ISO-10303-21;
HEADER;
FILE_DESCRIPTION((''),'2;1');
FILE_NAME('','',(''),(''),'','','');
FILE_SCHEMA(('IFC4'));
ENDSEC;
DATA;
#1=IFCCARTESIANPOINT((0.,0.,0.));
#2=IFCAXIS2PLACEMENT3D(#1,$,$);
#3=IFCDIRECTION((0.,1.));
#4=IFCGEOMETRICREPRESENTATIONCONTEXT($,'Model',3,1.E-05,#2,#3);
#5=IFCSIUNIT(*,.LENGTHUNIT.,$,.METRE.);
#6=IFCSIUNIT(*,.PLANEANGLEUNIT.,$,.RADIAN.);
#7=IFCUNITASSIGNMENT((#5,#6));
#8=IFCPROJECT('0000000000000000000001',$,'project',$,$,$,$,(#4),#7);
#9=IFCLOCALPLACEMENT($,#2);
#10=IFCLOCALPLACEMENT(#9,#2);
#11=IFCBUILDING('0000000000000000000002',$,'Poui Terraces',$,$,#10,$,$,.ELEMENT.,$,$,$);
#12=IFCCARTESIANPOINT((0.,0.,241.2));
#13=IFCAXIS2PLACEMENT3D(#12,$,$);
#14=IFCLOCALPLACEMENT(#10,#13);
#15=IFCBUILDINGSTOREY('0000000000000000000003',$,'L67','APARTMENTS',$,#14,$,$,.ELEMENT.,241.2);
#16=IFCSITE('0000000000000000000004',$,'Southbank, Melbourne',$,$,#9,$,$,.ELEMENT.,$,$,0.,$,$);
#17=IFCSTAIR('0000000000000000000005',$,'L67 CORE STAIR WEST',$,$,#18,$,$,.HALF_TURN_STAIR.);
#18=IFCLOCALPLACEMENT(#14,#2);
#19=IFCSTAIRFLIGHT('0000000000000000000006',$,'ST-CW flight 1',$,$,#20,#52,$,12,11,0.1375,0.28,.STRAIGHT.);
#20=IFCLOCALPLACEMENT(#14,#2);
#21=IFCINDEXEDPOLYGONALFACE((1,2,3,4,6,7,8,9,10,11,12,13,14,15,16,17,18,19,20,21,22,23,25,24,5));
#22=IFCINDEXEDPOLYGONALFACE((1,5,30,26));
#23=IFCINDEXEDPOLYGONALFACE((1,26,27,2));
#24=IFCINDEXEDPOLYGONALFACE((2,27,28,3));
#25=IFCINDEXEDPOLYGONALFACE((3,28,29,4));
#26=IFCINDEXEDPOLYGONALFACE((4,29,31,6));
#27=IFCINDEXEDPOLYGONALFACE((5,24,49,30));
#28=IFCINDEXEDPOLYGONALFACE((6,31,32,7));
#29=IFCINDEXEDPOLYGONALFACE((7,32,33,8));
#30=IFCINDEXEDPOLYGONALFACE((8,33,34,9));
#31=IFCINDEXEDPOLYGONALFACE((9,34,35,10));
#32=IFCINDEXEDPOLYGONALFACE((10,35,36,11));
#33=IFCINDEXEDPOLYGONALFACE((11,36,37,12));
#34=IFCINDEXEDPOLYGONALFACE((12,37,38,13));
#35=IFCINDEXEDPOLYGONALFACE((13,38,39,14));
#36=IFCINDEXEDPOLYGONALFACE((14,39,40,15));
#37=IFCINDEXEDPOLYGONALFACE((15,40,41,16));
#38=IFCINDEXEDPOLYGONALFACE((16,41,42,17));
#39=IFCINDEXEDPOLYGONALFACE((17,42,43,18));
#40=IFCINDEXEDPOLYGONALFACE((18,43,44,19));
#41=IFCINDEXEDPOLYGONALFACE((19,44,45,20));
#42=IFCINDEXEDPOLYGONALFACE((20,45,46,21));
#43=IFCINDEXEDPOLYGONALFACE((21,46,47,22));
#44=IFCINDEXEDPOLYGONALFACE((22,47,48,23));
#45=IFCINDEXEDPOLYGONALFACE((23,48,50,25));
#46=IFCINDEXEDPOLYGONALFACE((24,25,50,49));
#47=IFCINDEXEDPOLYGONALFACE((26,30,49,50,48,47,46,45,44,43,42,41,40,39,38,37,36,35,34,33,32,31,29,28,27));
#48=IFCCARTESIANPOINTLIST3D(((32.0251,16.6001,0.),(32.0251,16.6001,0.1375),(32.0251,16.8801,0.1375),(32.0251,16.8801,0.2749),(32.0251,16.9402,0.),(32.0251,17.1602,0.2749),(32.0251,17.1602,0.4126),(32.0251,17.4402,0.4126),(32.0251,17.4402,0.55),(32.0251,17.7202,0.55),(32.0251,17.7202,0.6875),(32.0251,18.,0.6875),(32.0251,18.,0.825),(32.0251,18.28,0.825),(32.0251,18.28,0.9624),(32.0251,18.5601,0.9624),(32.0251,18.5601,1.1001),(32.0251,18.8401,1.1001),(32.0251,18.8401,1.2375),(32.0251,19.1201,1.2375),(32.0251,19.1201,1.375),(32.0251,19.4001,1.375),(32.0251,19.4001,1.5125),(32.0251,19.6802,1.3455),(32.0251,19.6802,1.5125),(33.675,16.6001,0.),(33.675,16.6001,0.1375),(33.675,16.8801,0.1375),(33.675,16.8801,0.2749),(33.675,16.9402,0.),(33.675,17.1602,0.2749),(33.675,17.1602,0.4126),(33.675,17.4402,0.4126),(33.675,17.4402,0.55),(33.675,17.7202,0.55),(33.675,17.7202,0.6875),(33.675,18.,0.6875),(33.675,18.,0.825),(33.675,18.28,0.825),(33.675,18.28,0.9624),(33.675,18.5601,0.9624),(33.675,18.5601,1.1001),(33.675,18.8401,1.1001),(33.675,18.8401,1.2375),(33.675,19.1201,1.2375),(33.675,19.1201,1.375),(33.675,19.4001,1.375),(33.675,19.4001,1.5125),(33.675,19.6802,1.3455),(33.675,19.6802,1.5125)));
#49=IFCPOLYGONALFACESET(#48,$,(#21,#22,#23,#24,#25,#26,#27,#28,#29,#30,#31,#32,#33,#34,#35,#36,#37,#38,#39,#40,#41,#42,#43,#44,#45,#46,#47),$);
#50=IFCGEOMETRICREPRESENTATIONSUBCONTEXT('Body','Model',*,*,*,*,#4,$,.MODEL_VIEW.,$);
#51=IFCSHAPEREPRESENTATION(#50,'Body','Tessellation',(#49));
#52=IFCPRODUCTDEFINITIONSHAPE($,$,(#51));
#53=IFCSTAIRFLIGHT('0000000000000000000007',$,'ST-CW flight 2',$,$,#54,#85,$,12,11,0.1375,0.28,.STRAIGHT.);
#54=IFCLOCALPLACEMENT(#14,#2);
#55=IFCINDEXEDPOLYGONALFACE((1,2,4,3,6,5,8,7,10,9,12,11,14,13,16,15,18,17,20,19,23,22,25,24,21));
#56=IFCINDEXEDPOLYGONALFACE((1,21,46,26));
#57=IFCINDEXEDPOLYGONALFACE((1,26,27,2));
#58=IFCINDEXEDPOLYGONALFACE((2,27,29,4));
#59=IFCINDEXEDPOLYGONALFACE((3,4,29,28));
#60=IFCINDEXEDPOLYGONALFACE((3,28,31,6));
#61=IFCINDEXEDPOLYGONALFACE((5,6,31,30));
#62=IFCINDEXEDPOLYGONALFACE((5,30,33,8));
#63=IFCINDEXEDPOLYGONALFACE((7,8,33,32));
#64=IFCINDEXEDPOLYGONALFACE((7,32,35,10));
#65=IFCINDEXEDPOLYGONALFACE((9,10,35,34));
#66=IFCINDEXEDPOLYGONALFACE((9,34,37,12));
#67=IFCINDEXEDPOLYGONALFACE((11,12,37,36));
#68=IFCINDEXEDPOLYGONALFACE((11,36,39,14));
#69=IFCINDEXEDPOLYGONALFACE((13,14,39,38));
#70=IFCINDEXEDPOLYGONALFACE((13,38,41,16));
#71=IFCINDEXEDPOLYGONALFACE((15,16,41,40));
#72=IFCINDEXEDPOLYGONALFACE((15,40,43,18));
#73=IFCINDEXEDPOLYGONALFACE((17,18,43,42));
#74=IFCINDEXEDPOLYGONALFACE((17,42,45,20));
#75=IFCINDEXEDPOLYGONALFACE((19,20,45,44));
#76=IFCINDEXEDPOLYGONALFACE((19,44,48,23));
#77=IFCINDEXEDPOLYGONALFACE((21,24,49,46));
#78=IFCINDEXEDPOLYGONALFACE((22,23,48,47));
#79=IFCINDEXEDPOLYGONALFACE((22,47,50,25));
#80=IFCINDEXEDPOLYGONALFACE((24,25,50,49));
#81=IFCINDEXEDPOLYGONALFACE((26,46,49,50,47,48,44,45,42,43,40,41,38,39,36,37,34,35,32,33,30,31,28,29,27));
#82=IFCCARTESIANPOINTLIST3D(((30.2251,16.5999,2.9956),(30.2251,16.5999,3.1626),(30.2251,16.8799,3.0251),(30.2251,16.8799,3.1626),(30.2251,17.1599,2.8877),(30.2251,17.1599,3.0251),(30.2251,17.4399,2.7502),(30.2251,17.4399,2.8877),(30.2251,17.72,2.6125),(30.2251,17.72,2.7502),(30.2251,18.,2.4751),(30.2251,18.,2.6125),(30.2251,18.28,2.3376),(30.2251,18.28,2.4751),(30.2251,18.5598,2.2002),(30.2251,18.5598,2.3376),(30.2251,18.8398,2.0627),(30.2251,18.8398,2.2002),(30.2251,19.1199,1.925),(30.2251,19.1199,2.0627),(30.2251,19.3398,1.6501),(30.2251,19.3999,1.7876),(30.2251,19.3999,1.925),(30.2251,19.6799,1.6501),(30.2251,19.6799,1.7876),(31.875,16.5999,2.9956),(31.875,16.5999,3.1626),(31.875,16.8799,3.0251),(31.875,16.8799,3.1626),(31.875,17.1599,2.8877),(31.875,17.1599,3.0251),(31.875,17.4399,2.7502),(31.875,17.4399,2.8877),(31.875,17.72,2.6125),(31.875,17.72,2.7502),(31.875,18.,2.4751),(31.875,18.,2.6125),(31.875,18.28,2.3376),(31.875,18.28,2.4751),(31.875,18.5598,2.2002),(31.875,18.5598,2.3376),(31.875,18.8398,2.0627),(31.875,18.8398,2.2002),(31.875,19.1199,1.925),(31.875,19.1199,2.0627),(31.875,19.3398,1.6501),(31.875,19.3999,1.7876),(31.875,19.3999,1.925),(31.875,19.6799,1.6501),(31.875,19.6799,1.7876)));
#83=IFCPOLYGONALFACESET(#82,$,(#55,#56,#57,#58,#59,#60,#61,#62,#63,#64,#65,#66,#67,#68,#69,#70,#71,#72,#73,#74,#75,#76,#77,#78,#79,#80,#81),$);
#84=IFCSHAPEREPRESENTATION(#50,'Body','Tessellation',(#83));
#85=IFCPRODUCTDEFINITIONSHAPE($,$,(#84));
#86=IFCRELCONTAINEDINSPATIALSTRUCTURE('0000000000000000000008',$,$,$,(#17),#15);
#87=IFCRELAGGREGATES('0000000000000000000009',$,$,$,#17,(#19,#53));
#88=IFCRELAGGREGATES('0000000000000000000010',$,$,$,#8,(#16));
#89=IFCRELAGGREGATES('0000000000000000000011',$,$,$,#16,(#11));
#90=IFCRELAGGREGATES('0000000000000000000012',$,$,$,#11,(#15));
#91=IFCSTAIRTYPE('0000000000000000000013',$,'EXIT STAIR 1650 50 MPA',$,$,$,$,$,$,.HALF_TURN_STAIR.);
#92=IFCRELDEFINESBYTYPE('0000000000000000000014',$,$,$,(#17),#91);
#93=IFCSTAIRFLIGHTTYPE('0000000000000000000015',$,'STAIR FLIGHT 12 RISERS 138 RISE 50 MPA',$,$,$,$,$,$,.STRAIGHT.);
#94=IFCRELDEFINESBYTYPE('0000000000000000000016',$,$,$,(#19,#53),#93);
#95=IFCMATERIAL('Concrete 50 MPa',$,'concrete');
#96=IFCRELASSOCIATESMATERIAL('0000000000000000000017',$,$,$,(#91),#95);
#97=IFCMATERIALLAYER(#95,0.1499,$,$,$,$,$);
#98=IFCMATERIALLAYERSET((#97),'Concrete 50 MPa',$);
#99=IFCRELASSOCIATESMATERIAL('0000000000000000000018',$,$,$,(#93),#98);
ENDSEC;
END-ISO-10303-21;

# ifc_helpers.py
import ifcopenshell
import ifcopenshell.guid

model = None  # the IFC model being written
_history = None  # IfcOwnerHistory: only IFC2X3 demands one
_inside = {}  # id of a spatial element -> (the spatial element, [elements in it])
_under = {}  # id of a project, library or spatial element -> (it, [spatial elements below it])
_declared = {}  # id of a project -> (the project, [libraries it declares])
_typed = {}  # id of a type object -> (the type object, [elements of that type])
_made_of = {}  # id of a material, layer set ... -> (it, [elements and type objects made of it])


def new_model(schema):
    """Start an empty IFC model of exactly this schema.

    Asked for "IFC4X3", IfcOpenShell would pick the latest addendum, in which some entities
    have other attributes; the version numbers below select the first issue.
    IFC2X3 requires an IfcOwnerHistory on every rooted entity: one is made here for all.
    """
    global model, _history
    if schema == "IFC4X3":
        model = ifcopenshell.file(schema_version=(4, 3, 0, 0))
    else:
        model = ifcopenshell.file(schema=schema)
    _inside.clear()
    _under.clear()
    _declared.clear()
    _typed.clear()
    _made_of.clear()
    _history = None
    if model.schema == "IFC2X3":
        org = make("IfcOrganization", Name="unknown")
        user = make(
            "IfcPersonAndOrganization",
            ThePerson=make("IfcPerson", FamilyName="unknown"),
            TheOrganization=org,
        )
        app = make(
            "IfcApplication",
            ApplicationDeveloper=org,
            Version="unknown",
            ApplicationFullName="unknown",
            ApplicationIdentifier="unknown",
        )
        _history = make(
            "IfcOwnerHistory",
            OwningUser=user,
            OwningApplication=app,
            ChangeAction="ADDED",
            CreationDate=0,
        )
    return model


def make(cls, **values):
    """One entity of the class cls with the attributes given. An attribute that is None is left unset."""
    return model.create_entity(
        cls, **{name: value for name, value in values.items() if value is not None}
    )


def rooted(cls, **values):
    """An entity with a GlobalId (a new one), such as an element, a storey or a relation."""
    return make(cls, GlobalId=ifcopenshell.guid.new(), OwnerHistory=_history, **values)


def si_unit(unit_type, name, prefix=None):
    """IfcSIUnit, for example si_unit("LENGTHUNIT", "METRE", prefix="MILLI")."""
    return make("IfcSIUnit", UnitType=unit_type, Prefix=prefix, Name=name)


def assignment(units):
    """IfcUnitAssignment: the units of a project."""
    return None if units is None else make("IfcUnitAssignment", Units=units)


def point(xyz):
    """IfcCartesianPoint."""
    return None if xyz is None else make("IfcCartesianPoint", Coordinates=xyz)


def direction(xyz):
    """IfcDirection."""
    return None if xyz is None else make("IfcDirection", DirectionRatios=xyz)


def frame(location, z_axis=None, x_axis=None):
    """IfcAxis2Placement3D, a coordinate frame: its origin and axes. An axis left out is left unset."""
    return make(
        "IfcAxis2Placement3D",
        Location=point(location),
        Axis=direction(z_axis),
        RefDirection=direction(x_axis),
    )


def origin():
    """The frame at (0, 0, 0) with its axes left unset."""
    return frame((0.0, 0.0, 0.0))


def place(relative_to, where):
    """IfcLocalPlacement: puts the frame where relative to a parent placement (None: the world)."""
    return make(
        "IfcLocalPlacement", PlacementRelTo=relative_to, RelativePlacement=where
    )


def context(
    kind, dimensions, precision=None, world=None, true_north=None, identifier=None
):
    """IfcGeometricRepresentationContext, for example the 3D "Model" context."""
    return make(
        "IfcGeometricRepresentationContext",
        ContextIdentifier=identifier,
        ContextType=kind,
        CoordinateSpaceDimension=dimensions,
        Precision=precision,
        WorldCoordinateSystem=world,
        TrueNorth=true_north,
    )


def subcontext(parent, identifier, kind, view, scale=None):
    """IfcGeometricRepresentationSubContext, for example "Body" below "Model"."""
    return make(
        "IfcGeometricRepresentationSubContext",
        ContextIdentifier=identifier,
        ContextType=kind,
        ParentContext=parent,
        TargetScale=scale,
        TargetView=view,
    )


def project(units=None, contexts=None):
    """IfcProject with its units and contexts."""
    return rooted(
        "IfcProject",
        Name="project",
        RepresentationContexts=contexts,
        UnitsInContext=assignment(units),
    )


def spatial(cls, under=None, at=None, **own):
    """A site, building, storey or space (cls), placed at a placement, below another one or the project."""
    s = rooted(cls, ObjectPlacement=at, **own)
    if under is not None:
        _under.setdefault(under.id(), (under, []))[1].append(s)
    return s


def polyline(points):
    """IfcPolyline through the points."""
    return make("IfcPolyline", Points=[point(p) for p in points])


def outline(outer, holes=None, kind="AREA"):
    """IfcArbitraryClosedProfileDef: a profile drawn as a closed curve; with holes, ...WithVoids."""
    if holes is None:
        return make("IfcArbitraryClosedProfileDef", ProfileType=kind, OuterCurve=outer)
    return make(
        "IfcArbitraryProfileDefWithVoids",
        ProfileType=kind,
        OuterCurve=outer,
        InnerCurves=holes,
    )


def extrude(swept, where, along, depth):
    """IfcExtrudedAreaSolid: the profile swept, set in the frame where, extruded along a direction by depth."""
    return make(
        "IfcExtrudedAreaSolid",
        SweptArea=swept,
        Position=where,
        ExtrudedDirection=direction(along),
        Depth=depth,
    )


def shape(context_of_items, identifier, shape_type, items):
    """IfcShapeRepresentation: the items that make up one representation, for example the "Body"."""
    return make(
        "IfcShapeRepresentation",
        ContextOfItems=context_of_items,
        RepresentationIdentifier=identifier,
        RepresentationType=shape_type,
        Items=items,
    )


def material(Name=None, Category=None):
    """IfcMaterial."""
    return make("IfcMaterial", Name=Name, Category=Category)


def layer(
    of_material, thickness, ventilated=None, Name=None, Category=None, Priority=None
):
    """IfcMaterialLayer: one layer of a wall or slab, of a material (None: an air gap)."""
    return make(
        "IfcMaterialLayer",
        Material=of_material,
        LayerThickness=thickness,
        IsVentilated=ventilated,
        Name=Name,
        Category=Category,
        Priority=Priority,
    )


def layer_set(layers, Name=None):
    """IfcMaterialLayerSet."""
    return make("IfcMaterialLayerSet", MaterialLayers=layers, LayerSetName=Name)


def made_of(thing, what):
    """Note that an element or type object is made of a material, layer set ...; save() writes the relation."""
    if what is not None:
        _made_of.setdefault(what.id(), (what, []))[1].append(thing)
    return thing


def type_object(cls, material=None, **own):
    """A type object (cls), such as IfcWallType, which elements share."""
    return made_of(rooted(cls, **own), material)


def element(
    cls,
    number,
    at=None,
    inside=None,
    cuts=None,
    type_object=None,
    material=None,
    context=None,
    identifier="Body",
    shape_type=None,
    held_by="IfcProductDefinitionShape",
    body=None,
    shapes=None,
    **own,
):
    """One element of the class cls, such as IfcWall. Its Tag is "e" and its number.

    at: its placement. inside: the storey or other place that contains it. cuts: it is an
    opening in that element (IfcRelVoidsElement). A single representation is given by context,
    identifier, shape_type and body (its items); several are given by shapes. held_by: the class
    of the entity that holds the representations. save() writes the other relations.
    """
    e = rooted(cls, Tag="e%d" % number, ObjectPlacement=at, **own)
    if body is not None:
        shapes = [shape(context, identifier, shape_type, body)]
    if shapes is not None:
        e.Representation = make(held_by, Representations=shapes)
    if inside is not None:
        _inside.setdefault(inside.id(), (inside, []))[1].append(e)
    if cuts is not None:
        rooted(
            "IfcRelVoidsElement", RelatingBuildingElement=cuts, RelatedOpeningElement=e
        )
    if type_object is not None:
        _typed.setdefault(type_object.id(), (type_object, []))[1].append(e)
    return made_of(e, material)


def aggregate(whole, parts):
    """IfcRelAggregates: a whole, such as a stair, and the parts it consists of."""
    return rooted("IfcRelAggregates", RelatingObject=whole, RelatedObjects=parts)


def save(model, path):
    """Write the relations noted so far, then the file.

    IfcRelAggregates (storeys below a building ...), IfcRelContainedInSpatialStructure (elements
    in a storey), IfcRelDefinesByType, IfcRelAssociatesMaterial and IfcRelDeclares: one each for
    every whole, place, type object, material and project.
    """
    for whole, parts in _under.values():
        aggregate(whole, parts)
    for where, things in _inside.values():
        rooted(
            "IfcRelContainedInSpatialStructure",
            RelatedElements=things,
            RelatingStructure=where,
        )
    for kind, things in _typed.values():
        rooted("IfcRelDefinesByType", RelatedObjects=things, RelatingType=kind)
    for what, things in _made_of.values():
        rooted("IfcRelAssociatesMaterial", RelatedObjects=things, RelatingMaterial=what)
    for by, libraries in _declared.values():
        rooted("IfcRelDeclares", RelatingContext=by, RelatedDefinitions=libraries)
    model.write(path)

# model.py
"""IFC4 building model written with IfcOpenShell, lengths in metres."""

from ifc_helpers import new_model, si_unit, direction, frame, origin, place, context, subcontext, project, spatial, polyline, outline, extrude, material, layer, layer_set, type_object, element, aggregate, save


model = new_model("IFC4")

# Units and contexts
model_context = context("Model", 3, precision=1e-05, world=origin(), true_north=direction((0.0, 1.0)))
body_context = subcontext(model_context, "Body", "Model", "MODEL_VIEW")
ifc_project = project(units=[si_unit("LENGTHUNIT", "METRE"), si_unit("PLANEANGLEUNIT", "RADIAN")], contexts=[model_context])

# Site, building, storey
site_placement = place(None, origin())
site = spatial("IfcSite", under=ifc_project, at=site_placement, Name="Southbank, Melbourne", CompositionType="ELEMENT", RefElevation=0.0)
building_placement = place(site_placement, origin())
building = spatial("IfcBuilding", under=site, at=building_placement, Name="Poui Terraces", CompositionType="ELEMENT")
storey_placement = place(building_placement, frame((0.0, 0.0, 241.2)))
storey = spatial("IfcBuildingStorey", under=building, at=storey_placement, Name="L67", Description="APARTMENTS", CompositionType="ELEMENT", Elevation=241.2)

# Shared definitions
ifc_material_1 = material(Name="Concrete 50 MPa", Category="concrete")

# Stair, stair flights
stair_type = type_object("IfcStairType", Name="EXIT STAIR 1650 50 MPA", PredefinedType="HALF_TURN_STAIR", material=ifc_material_1)
stair_placement = place(storey_placement, origin())
stair = element("IfcStair", 1, at=stair_placement, inside=storey, type_object=stair_type, Name="L67 CORE STAIR WEST", PredefinedType="HALF_TURN_STAIR")
ifc_layer_1 = layer(ifc_material_1, 0.1499)
ifc_layer_set_1 = layer_set([ifc_layer_1], Name="Concrete 50 MPa")
stair_flight_type = type_object("IfcStairFlightType", Name="STAIR FLIGHT 12 RISERS 138 RISE 50 MPA", PredefinedType="STRAIGHT", material=ifc_layer_set_1)
stair_flight_1_placement = place(storey_placement, frame((32.8501, 16.6001, 0.0), z_axis=(0.0, 0.0, 1.0), x_axis=(0.0, 1.0, 0.0)))
stair_flight_1 = element("IfcStairFlight", 2, at=stair_flight_1_placement, type_object=stair_flight_type, Name="ST-CW flight 1", NumberOfRisers=12, NumberOfTreads=11, PredefinedType="STRAIGHT", RiserHeight=0.1375, TreadLength=0.28, context=body_context, shape_type="SweptSolid", body=[
    extrude(outline(polyline([(0.0, 0.0), (0.0, 0.1375), (0.28, 0.1375), (0.28, 0.2749), (0.5601, 0.2749), (0.5601, 0.4126), (0.8401, 0.4126), (0.8401, 0.55), (1.1201, 0.55), (1.1201, 0.6875), (1.3999, 0.6875), (1.3999, 0.825), (1.6799, 0.825), (1.6799, 0.9624), (1.96, 0.9624), (1.96, 1.1001), (2.24, 1.1001), (2.24, 1.2375), (2.52, 1.2375), (2.52, 1.375), (2.8, 1.375), (2.8, 1.5125), (3.0801, 1.5125), (3.0801, 1.6499), (3.0801, 1.3455), (0.3401, 0.0), (0.0, 0.0)])), frame((0.0, 0.825, 0.0), z_axis=(0.0, -1.0, 0.0), x_axis=(1.0, 0.0, 0.0)), (0.0, 0.0, 1.0), 1.6499),
])
stair_flight_2_placement = place(storey_placement, frame((31.05, 19.6799, 1.6501), z_axis=(0.0, 0.0, 1.0), x_axis=(0.0, -1.0, 0.0)))
stair_flight_2 = element("IfcStairFlight", 3, at=stair_flight_2_placement, type_object=stair_flight_type, Name="ST-CW flight 2", NumberOfRisers=12, NumberOfTreads=11, PredefinedType="STRAIGHT", RiserHeight=0.1375, TreadLength=0.28, context=body_context, shape_type="SweptSolid", body=[
    extrude(outline(polyline([(0.0, 0.0), (0.0, 0.1375), (0.28, 0.1375), (0.28, 0.2749), (0.5601, 0.2749), (0.5601, 0.4126), (0.8401, 0.4126), (0.8401, 0.55), (1.1201, 0.55), (1.1201, 0.6875), (1.3999, 0.6875), (1.3999, 0.825), (1.6799, 0.825), (1.6799, 0.9624), (1.96, 0.9624), (1.96, 1.1001), (2.24, 1.1001), (2.24, 1.2375), (2.52, 1.2375), (2.52, 1.375), (2.8, 1.375), (2.8, 1.5125), (3.0801, 1.5125), (3.0801, 1.6499), (3.0801, 1.3455), (0.3401, 0.0), (0.0, 0.0)])), frame((0.0, 0.825, 0.0), z_axis=(0.0, -1.0, 0.0), x_axis=(1.0, 0.0, 0.0)), (0.0, 0.0, 1.0), 1.6499),
])
aggregate(stair, [stair_flight_1, stair_flight_2])

save(model, "model.ifc")
